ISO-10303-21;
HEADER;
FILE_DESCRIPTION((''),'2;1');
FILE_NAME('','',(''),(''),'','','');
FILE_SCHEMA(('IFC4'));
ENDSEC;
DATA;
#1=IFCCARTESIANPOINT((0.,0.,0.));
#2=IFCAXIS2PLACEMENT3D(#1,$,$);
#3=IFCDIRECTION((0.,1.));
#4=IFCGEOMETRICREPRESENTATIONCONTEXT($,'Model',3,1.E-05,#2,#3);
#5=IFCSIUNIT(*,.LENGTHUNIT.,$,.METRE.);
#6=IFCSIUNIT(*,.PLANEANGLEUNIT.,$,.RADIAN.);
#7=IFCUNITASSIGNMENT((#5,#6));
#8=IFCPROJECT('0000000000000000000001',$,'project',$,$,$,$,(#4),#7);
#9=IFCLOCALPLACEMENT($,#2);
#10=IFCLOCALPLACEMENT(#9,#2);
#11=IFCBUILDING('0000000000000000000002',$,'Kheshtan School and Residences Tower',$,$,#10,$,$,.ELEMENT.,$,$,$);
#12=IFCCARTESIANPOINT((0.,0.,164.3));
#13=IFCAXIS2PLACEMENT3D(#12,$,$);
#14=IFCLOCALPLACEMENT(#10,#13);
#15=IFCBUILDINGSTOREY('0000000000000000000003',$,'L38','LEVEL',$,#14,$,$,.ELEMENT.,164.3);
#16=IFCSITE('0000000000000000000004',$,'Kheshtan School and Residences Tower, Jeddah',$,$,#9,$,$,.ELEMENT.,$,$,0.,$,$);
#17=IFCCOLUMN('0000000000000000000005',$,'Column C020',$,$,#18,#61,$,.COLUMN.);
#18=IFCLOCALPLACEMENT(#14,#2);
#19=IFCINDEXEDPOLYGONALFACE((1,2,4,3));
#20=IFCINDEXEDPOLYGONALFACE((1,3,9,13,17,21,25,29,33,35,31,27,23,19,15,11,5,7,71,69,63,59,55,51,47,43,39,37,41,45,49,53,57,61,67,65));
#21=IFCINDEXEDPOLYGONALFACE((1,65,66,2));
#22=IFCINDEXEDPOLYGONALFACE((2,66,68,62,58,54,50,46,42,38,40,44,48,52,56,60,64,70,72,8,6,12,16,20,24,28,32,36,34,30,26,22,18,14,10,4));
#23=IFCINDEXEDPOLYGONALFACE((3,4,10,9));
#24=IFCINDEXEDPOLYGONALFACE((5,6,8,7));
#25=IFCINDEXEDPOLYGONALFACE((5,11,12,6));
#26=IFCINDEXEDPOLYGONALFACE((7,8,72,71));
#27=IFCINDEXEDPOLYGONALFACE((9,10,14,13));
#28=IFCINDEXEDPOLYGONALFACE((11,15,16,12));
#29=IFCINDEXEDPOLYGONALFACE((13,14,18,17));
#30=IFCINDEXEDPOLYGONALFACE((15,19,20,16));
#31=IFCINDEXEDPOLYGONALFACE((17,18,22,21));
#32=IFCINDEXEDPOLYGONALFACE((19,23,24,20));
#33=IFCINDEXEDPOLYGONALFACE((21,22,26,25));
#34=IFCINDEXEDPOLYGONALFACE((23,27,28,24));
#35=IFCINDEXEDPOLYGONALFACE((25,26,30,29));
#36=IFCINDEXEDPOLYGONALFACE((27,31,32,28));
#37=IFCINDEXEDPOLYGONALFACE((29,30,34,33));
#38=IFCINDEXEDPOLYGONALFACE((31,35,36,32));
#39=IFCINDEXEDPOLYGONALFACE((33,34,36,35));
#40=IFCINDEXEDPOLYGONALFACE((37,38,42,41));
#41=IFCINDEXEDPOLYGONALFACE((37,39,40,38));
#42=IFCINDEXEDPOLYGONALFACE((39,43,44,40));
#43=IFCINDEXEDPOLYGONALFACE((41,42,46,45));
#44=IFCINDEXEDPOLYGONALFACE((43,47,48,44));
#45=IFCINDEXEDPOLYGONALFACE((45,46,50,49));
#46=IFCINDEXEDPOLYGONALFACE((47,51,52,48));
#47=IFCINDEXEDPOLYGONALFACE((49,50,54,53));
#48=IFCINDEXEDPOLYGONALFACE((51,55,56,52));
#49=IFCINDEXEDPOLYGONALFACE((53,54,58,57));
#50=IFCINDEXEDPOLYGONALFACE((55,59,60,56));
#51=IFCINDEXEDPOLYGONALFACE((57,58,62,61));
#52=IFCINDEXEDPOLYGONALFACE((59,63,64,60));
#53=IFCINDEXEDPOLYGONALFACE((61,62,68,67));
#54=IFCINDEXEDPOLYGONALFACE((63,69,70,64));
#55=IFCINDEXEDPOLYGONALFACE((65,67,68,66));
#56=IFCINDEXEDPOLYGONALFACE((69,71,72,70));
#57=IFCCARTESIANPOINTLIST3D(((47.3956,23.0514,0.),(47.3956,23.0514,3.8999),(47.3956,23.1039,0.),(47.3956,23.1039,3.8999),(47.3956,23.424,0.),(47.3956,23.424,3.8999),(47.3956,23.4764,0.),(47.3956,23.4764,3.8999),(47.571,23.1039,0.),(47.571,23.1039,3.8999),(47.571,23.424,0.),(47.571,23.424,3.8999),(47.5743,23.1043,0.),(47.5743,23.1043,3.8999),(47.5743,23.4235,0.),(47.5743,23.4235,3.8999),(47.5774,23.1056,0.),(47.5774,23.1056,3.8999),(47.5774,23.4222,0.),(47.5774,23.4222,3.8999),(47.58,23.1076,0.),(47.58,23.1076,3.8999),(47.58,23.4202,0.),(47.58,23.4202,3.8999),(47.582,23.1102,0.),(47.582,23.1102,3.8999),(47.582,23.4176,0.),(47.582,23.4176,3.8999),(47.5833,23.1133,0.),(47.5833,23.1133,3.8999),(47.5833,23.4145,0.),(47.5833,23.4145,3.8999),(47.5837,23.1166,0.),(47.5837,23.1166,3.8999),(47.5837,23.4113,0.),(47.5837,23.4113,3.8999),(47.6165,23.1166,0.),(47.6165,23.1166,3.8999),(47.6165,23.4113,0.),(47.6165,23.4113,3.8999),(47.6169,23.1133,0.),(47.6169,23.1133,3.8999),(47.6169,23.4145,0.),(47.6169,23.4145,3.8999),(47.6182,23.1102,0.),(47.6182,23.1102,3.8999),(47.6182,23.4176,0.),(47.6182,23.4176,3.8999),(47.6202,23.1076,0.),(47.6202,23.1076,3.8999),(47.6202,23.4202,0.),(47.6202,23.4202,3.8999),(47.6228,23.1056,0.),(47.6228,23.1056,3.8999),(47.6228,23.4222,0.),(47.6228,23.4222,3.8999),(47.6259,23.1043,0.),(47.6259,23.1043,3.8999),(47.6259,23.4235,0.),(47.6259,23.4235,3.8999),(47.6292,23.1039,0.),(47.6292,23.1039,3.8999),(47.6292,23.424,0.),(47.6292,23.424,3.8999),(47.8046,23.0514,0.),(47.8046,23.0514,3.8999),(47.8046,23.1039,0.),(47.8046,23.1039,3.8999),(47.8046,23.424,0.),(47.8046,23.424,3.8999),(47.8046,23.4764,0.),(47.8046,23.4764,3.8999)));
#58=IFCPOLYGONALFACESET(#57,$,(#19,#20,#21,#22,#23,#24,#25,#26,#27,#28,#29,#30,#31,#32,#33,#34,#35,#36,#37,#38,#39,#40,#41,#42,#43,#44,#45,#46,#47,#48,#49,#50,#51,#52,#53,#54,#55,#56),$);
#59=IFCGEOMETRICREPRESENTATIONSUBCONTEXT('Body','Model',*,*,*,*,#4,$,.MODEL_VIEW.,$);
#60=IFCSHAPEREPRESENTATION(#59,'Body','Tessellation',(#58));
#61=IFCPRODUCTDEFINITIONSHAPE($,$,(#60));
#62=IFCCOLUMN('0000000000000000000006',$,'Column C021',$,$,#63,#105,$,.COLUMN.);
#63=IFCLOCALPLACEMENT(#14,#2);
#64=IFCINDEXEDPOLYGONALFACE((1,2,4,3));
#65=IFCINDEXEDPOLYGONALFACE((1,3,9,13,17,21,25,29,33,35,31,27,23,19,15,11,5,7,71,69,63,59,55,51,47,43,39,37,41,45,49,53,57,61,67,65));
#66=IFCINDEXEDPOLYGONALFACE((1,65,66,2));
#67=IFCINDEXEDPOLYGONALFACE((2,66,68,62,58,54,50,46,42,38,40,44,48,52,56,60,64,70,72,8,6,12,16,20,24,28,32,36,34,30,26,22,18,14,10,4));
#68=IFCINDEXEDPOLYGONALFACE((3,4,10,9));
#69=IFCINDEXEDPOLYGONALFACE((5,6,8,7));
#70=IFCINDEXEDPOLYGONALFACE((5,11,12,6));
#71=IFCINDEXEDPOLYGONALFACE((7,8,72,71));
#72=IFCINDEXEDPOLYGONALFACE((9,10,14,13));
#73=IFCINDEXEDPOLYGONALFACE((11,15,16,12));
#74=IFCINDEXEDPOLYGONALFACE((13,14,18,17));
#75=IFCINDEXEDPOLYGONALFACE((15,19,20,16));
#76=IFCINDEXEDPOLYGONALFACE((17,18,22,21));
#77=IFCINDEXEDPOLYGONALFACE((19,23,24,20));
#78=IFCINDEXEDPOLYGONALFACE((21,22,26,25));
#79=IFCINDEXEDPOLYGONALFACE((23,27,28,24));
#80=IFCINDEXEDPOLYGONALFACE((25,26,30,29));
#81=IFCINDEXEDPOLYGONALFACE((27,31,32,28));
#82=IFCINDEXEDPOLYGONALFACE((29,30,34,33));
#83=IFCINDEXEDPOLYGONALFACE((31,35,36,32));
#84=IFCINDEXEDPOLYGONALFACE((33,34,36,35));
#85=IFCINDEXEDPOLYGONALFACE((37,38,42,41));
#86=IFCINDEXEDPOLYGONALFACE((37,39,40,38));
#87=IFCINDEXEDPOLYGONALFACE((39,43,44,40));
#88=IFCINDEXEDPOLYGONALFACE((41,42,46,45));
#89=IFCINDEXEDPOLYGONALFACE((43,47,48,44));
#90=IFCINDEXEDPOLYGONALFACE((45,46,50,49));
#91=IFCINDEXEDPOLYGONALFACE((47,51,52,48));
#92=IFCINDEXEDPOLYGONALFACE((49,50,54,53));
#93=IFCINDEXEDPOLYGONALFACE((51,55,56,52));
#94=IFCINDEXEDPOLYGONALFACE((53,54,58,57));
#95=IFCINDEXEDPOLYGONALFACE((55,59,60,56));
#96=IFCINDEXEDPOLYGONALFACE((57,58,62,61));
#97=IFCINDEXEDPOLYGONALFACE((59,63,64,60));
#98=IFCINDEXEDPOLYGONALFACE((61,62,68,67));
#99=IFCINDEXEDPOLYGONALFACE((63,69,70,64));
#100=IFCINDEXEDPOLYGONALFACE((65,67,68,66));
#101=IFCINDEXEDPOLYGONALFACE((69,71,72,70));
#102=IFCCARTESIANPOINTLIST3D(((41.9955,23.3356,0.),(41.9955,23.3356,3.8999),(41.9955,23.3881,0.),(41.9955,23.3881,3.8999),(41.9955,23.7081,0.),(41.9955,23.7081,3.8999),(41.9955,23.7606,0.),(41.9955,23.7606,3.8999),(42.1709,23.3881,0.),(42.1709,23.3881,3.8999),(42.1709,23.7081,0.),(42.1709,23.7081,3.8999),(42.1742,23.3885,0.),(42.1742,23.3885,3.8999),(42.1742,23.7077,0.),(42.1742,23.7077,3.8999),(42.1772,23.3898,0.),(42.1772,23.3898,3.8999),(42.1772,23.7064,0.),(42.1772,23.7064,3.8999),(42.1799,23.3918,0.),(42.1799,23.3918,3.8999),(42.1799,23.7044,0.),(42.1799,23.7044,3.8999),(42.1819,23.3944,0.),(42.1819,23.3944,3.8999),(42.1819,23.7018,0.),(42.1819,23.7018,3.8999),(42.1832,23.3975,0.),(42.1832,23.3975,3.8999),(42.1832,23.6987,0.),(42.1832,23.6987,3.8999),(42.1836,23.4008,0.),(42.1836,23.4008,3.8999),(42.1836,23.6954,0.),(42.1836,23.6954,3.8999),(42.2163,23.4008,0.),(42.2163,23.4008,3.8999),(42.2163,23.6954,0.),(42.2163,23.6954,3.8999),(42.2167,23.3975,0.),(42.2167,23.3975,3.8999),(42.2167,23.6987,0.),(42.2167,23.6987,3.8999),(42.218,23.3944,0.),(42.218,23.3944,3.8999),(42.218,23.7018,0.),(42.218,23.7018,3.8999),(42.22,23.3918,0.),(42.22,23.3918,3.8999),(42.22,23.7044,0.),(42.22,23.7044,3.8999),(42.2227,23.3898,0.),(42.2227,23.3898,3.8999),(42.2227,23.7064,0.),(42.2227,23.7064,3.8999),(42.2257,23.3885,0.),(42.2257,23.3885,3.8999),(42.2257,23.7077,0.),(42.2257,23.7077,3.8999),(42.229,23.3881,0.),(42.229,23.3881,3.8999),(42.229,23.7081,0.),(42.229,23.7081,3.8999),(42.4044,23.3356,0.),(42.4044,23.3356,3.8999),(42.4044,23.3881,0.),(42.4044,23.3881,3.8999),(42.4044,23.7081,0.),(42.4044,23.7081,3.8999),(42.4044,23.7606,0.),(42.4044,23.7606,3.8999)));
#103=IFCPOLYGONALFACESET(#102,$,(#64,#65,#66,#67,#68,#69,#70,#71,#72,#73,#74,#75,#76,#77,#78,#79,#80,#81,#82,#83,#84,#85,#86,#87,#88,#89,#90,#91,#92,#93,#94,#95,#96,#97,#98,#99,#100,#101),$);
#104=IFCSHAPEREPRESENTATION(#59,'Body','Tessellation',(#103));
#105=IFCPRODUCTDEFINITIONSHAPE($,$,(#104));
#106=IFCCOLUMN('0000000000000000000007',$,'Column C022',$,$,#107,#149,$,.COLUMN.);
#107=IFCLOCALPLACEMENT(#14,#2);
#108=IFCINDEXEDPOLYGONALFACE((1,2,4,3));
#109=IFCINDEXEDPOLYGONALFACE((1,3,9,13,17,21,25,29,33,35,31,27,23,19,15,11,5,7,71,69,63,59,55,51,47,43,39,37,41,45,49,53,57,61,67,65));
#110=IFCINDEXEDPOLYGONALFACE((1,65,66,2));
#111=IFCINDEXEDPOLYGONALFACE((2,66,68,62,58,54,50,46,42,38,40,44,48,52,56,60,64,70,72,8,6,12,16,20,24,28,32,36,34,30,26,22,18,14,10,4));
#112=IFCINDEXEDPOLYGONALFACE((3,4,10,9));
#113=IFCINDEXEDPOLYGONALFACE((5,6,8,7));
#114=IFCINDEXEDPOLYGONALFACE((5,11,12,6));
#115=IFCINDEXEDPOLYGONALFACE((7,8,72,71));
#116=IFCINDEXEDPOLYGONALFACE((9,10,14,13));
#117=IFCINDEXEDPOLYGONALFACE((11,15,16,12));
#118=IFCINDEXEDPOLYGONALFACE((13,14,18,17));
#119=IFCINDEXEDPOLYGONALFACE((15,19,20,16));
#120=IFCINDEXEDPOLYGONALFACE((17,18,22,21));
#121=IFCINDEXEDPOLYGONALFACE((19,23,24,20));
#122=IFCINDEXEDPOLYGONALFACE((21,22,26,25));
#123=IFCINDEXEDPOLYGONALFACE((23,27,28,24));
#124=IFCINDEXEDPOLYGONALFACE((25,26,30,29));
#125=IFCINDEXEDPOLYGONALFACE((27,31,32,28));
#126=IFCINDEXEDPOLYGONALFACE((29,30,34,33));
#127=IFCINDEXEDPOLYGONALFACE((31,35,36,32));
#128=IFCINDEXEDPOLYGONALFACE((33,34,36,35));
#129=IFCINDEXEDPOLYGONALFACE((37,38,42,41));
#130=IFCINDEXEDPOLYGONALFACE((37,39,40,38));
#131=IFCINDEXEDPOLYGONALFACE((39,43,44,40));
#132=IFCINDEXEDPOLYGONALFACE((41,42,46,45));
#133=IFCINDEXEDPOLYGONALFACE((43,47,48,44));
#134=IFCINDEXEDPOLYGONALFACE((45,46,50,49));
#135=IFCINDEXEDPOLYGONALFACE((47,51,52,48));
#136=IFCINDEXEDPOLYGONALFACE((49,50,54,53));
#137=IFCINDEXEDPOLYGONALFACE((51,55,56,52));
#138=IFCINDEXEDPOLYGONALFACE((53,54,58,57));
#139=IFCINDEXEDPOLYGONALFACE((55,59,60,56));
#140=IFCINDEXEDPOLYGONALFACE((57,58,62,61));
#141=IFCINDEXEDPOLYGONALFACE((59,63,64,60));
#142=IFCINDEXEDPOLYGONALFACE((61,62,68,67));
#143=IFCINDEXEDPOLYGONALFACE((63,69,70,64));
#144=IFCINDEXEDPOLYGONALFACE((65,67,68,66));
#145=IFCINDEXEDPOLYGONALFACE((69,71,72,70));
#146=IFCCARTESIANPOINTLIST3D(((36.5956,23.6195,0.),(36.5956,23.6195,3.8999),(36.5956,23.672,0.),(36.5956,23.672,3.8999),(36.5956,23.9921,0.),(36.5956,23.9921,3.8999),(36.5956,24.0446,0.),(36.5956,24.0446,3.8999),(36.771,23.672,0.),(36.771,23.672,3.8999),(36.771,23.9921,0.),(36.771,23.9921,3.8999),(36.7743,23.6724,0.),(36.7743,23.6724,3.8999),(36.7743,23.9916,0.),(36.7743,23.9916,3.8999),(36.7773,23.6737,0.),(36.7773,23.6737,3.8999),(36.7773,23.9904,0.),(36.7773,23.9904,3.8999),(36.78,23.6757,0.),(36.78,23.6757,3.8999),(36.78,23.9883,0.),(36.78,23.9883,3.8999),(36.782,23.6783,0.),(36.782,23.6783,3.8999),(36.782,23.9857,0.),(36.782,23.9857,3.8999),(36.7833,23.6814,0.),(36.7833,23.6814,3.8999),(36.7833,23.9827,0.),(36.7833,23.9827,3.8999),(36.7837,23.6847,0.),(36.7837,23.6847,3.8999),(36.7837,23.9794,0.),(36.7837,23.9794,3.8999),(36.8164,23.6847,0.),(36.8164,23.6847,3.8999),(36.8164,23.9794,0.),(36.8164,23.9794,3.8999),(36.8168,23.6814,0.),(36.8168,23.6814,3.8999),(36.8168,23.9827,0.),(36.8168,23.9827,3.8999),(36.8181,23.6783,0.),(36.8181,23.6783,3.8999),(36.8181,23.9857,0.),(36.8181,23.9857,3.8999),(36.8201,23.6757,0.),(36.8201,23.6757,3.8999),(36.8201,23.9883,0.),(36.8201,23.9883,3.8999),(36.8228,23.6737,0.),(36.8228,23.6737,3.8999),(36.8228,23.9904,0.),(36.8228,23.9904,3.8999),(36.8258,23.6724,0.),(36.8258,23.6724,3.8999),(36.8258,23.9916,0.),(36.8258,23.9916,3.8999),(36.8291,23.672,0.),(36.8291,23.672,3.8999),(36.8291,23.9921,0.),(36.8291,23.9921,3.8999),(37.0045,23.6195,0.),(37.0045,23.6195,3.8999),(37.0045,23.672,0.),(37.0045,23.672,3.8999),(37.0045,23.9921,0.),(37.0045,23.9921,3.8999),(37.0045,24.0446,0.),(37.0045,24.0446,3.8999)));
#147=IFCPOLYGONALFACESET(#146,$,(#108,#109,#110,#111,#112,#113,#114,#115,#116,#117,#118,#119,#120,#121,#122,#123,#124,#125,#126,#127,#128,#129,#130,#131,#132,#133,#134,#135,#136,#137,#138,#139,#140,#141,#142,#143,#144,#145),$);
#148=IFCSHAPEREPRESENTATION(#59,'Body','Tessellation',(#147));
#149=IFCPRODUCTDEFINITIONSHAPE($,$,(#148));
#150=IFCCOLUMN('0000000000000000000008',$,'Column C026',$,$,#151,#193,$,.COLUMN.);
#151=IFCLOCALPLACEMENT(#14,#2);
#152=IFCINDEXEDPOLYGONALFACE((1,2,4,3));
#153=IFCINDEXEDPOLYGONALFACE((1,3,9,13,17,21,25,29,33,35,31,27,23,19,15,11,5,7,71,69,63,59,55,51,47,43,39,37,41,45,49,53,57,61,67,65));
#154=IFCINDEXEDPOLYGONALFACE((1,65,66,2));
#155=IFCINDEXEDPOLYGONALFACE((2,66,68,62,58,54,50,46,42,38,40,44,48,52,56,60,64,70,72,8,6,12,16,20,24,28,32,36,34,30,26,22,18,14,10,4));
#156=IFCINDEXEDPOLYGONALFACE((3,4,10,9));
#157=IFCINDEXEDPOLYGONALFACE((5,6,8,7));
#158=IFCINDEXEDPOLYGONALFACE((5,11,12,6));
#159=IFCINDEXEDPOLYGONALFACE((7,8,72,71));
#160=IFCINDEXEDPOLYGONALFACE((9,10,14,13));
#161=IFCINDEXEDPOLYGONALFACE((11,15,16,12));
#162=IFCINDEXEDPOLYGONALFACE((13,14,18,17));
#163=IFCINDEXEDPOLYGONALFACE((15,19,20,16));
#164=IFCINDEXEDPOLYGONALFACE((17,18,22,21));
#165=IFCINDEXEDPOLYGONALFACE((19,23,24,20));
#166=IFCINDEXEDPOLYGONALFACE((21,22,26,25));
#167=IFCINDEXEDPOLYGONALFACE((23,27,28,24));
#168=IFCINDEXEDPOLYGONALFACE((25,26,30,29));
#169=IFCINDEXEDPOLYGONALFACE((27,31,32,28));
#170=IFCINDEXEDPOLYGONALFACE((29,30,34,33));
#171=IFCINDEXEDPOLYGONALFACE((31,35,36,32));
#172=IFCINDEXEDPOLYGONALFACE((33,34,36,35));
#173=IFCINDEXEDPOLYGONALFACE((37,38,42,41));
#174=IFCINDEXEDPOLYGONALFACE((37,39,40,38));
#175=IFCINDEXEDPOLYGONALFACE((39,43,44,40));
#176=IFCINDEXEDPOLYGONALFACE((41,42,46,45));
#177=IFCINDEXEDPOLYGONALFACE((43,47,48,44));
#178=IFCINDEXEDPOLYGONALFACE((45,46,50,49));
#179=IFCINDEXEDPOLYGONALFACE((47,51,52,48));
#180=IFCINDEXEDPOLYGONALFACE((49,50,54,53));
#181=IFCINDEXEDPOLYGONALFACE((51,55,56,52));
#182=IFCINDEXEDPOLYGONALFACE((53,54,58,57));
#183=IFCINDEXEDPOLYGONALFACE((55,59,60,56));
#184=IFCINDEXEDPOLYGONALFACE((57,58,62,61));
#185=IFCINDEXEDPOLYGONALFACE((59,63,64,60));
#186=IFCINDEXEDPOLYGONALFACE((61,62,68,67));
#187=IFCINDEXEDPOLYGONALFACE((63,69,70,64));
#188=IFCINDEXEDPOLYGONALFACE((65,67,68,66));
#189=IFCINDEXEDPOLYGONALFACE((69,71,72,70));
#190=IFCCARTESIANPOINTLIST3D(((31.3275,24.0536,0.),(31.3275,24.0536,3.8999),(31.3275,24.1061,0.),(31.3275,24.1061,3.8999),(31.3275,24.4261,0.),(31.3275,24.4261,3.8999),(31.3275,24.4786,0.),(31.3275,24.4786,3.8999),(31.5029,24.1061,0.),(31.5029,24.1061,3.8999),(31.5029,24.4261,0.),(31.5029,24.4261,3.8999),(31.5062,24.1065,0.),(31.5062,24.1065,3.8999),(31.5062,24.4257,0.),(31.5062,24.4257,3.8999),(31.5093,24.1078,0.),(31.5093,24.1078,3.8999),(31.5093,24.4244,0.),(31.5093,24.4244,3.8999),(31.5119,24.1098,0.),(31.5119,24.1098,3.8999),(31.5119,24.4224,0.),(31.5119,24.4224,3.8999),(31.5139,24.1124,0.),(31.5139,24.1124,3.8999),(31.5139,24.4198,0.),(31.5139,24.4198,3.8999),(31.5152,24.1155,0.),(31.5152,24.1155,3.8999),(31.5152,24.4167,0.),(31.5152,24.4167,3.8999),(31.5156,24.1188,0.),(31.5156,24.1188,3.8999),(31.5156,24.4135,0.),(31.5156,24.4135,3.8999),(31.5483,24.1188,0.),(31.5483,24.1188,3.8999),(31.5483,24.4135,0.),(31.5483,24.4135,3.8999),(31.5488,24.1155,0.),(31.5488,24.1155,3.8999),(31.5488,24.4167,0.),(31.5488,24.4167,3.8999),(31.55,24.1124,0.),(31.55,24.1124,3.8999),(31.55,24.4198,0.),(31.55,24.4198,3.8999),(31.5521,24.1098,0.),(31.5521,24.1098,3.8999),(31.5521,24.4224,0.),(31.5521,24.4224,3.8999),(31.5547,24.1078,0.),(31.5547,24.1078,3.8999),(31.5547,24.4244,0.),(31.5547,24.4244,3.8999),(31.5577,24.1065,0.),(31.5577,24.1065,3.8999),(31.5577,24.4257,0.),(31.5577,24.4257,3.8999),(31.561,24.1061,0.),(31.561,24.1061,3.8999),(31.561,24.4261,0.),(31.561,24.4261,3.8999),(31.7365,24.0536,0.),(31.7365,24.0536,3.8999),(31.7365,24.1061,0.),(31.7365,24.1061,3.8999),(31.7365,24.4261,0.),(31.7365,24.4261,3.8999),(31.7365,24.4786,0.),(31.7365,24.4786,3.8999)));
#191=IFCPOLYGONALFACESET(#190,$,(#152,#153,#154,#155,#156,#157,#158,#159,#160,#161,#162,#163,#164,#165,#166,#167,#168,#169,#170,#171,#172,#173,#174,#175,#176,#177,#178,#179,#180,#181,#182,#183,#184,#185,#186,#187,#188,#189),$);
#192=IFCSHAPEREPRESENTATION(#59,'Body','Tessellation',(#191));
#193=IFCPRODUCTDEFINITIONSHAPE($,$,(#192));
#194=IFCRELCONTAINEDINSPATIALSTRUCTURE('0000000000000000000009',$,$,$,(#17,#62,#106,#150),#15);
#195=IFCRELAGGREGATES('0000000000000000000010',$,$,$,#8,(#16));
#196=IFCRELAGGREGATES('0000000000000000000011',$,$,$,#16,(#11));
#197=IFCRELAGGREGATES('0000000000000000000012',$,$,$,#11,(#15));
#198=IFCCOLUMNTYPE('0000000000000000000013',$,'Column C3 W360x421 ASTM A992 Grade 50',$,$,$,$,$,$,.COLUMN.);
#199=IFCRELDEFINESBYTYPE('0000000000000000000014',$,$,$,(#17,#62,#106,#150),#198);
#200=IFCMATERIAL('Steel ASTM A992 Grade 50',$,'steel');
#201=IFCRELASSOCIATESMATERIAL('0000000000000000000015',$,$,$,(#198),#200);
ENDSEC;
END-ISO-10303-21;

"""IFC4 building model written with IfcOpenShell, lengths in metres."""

from ifc_helpers import new_model, si_unit, direction, frame, origin, origin_2d, place, context, subcontext, project, spatial, i_section, extrude, material, material_profile, profile_set, type_object, element, save


model = new_model("IFC4")

# Units and contexts
model_context = context("Model", 3, precision=1e-05, world=origin(), true_north=direction((0.0, 1.0)))
body_context = subcontext(model_context, "Body", "Model", "MODEL_VIEW")
ifc_project = project(units=[si_unit("LENGTHUNIT", "METRE"), si_unit("PLANEANGLEUNIT", "RADIAN")], contexts=[model_context])

# Site, building, storey
site_placement = place(None, origin())
site = spatial("IfcSite", under=ifc_project, at=site_placement, Name="Kheshtan School and Residences Tower, Jeddah", CompositionType="ELEMENT", RefElevation=0.0)
building_placement = place(site_placement, origin())
building = spatial("IfcBuilding", under=site, at=building_placement, Name="Kheshtan School and Residences Tower", CompositionType="ELEMENT")
storey_placement = place(building_placement, frame((0.0, 0.0, 164.3)))
storey = spatial("IfcBuildingStorey", under=building, at=storey_placement, Name="L38", Description="LEVEL", CompositionType="ELEMENT", Elevation=164.3)

# Columns
ifc_material_1 = material(Name="Steel ASTM A992 Grade 50", Category="steel")
ifc_material_profile_1 = material_profile(ifc_material_1, i_section(OverallWidth=0.4089, OverallDepth=0.425, WebThickness=0.0327, FlangeThickness=0.0525, FilletRadius=0.0127, at=origin_2d()), Name="W360x421")
ifc_profile_set_1 = profile_set([ifc_material_profile_1], Name="Steel ASTM A992 Grade 50")
column_type = type_object("IfcColumnType", Name="Column C3 W360x421 ASTM A992 Grade 50", PredefinedType="COLUMN", material=ifc_profile_set_1)
for number, where, z_axis, x_axis, name in (
    (1, (47.6001, 23.2639, 0.0), (0.0, 0.0, 1.0), (1.0, 0.0, 0.0), "Column C020"),
    (2, (42.2, 23.5481, 0.0), (0.0, 0.0, 1.0), (1.0, 0.0, 0.0), "Column C021"),
    (3, (36.8, 23.832, 0.0), (0.0, 0.0, 1.0), (1.0, 0.0, 0.0), "Column C022"),
    (4, (31.532, 24.2661, 0.0), (0.0, 0.0, 1.0), (1.0, 0.0, 0.0), "Column C026"),
):
    element("IfcColumn", number, at=place(storey_placement, frame(where, z_axis=z_axis, x_axis=x_axis)), inside=storey, type_object=column_type, Name=name, PredefinedType="COLUMN", context=body_context, shape_type="SweptSolid", body=[
        extrude(i_section(OverallWidth=0.4089, OverallDepth=0.425, WebThickness=0.0327, FlangeThickness=0.0525, FilletRadius=0.0127, at=origin_2d()), origin(), (0.0, 0.0, 1.0), 3.8999),
    ])

save(model, "model.ifc")
